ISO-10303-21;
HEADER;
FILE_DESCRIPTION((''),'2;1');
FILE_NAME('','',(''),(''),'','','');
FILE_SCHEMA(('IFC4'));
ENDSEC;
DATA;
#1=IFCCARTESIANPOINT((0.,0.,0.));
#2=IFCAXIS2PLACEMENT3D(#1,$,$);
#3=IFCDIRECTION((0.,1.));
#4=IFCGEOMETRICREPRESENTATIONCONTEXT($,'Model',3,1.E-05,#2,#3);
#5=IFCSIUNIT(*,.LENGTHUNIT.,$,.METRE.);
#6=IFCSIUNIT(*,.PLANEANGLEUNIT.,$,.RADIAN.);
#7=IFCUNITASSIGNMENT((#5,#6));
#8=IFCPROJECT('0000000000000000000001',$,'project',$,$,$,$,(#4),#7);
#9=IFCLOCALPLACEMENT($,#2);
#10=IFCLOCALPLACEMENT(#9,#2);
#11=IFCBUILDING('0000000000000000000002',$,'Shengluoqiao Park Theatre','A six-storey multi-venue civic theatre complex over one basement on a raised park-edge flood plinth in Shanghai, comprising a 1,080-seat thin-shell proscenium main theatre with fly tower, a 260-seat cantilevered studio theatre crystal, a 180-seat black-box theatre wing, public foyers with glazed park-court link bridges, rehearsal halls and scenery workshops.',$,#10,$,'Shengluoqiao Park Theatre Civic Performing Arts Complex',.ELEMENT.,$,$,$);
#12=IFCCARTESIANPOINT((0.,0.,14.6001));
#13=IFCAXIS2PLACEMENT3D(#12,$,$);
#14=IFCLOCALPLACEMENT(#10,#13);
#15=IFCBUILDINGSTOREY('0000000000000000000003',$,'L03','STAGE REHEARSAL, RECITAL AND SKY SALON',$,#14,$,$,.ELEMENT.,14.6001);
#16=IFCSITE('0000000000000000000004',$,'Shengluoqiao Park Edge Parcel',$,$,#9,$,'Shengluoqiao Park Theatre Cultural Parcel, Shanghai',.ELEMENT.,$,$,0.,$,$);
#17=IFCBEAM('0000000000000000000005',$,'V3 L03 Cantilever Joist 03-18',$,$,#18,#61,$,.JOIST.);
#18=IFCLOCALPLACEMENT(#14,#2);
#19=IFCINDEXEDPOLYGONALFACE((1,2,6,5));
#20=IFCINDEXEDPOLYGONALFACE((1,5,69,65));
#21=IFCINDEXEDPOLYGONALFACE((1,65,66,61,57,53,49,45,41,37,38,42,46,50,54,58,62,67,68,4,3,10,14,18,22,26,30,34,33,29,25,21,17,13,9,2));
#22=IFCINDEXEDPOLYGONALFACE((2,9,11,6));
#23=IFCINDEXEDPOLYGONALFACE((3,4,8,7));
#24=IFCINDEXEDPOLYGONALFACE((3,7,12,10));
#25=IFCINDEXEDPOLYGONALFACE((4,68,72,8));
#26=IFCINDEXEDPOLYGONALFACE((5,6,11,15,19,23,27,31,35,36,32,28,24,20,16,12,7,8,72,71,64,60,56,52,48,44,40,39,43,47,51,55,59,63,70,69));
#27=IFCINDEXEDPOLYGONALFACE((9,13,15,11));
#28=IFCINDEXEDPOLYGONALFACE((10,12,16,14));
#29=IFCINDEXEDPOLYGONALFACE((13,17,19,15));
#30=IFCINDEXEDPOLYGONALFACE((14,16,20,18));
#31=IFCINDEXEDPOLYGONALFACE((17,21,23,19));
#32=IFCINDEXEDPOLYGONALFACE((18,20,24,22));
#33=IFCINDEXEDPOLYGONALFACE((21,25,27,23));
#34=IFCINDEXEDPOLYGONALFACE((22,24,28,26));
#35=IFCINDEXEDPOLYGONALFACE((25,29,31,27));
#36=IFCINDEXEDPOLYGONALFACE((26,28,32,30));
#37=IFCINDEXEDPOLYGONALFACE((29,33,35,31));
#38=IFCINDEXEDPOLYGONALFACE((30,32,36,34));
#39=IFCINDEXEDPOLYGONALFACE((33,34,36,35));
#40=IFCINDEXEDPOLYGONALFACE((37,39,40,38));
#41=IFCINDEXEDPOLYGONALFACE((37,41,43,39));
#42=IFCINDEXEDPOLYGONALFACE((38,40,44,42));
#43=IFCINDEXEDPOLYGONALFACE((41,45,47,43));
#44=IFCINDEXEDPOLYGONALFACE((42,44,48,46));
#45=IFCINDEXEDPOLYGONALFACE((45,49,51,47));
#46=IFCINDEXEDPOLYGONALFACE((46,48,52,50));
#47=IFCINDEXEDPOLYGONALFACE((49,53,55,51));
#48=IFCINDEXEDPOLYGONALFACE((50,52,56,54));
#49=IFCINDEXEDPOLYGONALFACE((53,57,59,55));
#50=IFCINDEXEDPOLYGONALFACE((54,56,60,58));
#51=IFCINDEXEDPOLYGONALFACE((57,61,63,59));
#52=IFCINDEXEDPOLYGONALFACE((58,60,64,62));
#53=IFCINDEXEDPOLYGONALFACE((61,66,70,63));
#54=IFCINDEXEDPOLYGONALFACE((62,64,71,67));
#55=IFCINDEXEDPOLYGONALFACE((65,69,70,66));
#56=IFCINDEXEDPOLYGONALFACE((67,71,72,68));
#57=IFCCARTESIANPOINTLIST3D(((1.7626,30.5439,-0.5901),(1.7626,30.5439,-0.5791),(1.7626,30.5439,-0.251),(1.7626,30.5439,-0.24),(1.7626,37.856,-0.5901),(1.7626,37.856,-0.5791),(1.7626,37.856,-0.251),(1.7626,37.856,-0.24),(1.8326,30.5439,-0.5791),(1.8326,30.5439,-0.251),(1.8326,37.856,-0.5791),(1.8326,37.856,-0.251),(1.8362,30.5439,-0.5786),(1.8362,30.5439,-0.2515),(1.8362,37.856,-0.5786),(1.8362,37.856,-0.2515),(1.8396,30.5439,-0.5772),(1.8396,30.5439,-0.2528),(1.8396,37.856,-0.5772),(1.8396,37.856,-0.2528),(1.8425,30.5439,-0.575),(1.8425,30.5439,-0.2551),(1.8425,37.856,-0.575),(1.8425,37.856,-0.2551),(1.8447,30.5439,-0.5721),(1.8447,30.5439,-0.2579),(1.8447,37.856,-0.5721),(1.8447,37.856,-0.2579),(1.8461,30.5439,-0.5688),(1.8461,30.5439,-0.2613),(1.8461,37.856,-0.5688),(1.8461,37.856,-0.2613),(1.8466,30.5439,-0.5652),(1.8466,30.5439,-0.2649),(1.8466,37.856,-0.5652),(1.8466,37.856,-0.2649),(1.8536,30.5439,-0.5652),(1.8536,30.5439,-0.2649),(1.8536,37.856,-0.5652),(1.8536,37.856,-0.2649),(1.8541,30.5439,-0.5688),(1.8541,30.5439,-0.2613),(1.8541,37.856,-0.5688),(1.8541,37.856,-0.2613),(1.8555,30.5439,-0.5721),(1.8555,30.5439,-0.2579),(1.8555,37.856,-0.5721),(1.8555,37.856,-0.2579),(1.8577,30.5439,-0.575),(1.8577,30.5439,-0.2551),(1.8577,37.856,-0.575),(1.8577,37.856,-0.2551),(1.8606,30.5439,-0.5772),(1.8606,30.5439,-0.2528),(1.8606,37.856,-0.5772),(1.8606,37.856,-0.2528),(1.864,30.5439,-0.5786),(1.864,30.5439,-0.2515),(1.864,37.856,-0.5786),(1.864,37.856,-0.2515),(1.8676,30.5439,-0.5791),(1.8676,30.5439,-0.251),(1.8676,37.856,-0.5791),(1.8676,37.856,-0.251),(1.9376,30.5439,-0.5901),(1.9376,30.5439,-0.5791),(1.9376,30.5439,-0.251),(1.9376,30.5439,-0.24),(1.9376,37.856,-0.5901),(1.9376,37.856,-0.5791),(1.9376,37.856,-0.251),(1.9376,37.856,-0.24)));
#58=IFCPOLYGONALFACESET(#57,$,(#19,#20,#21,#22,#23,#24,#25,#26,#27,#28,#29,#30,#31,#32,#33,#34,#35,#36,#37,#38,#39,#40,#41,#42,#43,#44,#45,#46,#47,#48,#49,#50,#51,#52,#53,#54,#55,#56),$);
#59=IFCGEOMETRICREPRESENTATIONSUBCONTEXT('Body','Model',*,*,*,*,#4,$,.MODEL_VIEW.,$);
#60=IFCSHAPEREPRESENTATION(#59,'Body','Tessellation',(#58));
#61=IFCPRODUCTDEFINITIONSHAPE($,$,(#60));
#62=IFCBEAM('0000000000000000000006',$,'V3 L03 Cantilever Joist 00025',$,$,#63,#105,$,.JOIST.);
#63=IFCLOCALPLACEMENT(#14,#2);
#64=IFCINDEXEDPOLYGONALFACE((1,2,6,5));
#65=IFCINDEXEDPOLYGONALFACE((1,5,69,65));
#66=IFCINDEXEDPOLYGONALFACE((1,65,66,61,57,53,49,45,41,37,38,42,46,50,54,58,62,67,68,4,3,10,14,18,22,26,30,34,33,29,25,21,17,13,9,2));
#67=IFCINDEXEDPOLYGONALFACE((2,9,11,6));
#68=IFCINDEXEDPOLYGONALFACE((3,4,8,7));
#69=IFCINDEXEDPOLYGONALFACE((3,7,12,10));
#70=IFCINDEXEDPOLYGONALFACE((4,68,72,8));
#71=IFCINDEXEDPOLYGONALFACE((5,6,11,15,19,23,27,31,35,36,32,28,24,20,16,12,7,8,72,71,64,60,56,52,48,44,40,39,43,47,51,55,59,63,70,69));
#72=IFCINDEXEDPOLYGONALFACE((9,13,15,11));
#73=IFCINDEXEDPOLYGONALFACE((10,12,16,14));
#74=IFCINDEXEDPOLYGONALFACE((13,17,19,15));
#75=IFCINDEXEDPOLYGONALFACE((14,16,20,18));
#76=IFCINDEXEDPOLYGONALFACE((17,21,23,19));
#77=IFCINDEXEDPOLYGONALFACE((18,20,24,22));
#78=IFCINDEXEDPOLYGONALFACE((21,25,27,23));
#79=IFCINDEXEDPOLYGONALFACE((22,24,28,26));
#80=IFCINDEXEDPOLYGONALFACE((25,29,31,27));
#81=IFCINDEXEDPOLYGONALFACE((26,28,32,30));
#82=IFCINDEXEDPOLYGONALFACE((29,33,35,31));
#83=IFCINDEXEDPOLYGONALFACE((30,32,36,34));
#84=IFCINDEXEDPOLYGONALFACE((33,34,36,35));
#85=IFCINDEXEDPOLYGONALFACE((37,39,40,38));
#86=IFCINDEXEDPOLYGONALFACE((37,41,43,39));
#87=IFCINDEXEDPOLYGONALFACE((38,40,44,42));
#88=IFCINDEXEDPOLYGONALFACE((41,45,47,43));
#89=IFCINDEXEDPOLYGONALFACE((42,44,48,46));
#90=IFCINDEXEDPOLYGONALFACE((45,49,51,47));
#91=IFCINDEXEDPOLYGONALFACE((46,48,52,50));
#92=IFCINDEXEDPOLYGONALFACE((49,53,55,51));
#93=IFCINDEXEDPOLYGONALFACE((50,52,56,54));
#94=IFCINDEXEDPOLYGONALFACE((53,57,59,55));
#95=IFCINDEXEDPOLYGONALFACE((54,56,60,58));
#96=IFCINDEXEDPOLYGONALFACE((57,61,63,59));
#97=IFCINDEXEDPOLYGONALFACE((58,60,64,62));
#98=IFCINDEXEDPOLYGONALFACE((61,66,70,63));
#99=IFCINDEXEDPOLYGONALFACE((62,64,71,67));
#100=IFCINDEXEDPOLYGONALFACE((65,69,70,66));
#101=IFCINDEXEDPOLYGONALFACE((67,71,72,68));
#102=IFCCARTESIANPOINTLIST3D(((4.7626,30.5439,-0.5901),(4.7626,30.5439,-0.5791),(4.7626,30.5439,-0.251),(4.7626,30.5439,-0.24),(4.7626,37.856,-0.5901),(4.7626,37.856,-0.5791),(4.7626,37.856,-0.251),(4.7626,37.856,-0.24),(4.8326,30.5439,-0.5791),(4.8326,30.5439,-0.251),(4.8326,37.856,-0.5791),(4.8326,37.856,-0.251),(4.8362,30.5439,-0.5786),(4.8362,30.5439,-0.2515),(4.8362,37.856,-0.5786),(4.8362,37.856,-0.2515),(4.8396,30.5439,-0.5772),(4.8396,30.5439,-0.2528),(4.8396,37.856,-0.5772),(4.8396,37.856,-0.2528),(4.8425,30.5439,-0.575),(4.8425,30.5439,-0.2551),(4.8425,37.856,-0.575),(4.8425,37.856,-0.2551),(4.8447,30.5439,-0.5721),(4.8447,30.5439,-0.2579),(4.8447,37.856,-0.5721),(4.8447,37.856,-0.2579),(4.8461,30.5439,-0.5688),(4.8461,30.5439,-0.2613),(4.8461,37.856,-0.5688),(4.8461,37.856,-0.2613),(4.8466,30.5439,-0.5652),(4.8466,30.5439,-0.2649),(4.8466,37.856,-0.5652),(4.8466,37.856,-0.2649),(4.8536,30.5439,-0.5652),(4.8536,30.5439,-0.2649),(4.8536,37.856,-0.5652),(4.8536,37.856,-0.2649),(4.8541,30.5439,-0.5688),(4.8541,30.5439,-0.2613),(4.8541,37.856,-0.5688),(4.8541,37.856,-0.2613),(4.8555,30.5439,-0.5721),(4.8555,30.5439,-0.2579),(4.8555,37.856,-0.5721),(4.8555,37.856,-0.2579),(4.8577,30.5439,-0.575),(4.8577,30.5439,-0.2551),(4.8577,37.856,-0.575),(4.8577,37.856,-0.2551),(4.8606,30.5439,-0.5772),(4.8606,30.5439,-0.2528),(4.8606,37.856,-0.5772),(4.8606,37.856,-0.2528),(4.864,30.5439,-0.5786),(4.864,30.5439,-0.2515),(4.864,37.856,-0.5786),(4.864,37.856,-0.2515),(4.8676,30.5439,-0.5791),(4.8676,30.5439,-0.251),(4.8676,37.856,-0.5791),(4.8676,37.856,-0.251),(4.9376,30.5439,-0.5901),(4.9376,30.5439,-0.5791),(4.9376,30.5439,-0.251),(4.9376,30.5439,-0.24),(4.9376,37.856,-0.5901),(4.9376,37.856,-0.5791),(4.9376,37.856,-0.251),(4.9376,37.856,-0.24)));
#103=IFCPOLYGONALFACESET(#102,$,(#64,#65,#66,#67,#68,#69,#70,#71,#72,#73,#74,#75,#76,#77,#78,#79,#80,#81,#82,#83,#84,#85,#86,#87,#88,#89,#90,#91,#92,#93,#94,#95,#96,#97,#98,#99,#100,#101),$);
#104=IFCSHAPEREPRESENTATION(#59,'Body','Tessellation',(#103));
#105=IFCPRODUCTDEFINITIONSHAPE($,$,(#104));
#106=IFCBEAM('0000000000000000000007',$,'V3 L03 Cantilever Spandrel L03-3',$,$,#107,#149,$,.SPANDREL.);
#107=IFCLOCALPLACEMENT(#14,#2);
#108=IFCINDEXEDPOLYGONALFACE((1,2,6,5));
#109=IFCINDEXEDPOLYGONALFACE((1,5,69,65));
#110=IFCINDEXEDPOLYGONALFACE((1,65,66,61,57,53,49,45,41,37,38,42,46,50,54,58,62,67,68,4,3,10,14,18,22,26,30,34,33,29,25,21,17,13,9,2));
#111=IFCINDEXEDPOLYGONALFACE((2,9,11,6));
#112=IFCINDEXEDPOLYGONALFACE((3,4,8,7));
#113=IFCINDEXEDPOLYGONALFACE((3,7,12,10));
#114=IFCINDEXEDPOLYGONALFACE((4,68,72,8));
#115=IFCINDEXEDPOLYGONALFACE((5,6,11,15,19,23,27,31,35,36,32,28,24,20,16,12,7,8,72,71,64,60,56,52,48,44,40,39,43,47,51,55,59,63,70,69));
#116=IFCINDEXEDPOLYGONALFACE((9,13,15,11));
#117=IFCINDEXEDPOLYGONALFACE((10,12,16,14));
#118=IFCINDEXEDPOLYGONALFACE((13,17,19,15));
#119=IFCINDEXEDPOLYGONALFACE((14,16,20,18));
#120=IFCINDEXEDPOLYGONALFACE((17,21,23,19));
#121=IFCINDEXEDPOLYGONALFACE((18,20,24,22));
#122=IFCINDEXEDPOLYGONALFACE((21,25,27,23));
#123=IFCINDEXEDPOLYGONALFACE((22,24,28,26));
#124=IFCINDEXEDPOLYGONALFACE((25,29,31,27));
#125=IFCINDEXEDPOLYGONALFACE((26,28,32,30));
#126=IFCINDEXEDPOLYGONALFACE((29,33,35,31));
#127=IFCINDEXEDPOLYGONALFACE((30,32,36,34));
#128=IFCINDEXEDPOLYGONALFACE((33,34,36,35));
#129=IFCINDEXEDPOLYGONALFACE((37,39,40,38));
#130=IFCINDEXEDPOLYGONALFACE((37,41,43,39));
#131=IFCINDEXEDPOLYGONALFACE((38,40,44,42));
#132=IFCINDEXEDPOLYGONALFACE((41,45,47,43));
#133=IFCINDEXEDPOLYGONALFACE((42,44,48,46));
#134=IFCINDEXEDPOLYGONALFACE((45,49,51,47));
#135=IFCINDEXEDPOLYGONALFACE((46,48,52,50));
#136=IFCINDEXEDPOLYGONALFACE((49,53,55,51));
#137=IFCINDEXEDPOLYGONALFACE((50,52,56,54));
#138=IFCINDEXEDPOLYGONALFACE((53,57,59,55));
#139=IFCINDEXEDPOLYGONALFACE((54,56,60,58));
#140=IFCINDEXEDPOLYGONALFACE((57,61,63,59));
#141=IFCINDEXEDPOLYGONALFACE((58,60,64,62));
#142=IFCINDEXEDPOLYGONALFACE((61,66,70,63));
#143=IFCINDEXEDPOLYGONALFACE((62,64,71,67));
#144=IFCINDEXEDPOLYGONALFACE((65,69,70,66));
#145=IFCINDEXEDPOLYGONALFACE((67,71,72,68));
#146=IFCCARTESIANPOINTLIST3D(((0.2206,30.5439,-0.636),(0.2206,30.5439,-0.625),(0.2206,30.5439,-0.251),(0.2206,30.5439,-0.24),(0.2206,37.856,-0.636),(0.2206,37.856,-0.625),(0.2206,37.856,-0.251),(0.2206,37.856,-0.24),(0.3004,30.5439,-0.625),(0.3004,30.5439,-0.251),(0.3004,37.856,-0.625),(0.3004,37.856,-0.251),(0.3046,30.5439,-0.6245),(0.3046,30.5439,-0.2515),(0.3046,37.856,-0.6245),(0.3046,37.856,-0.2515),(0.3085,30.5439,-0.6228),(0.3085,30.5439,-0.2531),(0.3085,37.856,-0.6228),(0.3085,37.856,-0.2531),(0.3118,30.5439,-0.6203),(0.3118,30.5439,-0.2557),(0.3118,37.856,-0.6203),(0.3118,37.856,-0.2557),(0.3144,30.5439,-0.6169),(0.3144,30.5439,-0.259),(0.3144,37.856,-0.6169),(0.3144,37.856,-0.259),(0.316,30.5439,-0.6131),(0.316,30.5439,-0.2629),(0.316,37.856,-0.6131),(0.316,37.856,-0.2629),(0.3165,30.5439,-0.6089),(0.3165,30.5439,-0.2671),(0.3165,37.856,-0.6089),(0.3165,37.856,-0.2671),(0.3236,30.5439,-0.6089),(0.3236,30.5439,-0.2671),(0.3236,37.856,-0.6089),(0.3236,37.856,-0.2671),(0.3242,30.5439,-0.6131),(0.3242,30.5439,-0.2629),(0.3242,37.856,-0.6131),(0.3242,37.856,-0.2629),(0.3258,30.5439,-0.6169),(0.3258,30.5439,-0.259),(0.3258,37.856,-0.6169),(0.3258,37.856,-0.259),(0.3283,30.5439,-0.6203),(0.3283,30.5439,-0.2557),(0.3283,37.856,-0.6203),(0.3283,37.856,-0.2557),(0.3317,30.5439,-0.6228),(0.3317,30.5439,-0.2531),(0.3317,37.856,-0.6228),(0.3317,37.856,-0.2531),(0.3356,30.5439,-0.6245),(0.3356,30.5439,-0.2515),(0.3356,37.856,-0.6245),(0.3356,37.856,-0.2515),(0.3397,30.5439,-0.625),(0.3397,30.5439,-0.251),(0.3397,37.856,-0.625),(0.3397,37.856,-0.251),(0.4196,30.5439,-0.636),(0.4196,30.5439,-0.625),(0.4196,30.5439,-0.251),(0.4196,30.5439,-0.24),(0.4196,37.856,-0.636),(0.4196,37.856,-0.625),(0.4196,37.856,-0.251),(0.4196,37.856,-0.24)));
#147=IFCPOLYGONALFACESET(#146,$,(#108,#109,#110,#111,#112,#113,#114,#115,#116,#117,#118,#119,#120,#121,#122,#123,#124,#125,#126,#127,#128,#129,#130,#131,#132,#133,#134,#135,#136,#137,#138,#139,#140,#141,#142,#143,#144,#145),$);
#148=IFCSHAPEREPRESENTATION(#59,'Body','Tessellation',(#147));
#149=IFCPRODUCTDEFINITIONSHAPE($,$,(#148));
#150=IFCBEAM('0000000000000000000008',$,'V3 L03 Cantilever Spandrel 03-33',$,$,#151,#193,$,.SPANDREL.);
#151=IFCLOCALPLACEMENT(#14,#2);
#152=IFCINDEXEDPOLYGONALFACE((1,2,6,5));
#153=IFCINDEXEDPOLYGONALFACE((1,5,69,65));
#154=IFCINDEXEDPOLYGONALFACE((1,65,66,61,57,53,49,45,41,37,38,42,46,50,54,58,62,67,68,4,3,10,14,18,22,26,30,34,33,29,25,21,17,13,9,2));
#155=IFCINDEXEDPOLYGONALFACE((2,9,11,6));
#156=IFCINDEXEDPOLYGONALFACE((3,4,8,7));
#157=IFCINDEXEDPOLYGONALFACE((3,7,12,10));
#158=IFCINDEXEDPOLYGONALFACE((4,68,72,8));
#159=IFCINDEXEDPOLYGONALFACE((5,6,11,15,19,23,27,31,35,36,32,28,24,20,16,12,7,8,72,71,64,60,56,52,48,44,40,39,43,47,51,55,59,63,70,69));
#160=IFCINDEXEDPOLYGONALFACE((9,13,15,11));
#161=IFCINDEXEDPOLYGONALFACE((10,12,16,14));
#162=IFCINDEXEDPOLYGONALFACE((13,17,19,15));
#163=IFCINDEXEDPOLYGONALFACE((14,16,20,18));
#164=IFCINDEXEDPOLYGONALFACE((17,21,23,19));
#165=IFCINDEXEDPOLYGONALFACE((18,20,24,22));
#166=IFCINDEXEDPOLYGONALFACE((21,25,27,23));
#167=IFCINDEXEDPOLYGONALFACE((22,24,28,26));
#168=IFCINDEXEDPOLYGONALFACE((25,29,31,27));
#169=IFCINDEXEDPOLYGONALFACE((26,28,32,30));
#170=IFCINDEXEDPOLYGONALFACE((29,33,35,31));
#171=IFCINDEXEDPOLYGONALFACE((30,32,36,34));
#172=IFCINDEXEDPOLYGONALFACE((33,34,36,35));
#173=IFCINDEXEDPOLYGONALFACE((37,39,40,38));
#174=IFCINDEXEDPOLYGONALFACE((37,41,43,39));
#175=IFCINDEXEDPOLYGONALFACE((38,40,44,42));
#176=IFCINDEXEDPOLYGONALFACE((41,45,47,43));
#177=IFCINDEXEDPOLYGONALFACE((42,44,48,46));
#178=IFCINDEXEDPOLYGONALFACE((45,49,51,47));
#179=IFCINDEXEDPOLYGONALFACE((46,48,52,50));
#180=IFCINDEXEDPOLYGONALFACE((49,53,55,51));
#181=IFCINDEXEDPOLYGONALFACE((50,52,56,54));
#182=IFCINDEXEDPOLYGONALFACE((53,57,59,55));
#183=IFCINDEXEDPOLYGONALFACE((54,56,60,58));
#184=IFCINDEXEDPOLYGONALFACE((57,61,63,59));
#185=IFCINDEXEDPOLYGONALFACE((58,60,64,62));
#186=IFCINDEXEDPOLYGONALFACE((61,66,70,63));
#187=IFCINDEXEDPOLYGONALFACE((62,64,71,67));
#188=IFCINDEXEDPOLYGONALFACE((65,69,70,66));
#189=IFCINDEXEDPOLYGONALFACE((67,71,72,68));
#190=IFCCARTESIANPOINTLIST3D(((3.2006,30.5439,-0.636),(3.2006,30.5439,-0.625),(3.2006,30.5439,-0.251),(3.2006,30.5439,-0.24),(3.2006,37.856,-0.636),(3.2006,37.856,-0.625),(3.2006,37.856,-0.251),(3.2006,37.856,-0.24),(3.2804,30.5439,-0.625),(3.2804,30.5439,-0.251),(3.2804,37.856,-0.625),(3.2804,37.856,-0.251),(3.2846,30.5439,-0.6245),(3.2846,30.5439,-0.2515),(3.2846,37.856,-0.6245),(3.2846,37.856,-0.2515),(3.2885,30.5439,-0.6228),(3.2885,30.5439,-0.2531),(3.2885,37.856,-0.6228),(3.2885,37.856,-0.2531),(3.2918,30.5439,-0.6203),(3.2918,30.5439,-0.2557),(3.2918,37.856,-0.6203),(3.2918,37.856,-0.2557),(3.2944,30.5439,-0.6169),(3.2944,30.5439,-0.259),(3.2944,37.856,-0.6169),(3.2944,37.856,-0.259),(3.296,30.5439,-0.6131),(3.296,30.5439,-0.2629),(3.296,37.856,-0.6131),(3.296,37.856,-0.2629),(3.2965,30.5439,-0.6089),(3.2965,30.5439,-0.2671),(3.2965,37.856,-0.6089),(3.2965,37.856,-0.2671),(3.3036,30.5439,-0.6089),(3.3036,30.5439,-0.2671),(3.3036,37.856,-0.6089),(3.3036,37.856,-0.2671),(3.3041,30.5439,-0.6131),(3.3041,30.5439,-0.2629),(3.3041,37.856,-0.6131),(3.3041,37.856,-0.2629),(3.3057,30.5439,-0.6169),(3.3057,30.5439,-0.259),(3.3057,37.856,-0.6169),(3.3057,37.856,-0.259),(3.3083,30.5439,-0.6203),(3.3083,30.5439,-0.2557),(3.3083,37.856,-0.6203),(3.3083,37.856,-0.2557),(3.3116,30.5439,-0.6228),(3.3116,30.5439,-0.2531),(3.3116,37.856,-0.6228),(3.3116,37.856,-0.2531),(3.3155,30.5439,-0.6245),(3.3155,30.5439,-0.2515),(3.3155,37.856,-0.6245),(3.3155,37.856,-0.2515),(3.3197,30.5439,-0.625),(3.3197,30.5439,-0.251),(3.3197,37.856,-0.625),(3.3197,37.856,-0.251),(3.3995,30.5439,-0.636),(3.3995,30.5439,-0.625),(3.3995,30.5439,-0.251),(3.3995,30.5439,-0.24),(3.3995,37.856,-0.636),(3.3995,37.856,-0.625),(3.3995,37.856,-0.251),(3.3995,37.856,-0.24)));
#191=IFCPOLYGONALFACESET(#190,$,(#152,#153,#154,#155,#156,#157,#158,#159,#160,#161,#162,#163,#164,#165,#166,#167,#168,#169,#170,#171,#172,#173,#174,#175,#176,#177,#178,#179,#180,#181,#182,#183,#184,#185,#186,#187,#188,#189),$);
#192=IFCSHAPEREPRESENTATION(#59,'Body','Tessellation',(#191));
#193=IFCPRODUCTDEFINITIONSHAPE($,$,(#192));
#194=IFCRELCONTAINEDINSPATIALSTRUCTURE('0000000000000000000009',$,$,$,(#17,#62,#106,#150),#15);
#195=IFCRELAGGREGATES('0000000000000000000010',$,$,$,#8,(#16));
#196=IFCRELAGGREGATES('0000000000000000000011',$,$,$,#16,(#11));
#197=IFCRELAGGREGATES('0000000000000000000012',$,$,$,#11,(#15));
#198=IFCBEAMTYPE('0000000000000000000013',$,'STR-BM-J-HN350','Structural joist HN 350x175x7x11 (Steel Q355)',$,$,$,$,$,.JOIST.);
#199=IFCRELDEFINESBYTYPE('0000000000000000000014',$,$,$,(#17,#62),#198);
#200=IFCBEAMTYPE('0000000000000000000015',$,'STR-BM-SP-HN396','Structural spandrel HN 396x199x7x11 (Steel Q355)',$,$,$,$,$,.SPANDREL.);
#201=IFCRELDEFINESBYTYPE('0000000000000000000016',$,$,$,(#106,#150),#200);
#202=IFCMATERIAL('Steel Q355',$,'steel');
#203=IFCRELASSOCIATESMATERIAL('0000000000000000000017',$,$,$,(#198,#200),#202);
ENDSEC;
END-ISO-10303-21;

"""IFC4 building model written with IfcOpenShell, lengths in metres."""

from ifc_helpers import new_model, si_unit, direction, frame, origin, origin_2d, place, context, subcontext, project, spatial, i_section, extrude, material, material_profile, profile_set, type_object, element, save


model = new_model("IFC4")

# Units and contexts
model_context = context("Model", 3, precision=1e-05, world=origin(), true_north=direction((0.0, 1.0)))
body_context = subcontext(model_context, "Body", "Model", "MODEL_VIEW")
ifc_project = project(units=[si_unit("LENGTHUNIT", "METRE"), si_unit("PLANEANGLEUNIT", "RADIAN")], contexts=[model_context])

# Site, building, storey
site_placement = place(None, origin())
site = spatial("IfcSite", under=ifc_project, at=site_placement, Name="Shengluoqiao Park Edge Parcel", LongName="Shengluoqiao Park Theatre Cultural Parcel, Shanghai", CompositionType="ELEMENT", RefElevation=0.0)
building_placement = place(site_placement, origin())
building = spatial("IfcBuilding", under=site, at=building_placement, Name="Shengluoqiao Park Theatre", Description="A six-storey multi-venue civic theatre complex over one basement on a raised park-edge flood plinth in Shanghai, comprising a 1,080-seat thin-shell proscenium main theatre with fly tower, a 260-seat cantilevered studio theatre crystal, a 180-seat black-box theatre wing, public foyers with glazed park-court link bridges, rehearsal halls and scenery workshops.", LongName="Shengluoqiao Park Theatre Civic Performing Arts Complex", CompositionType="ELEMENT")
storey_placement = place(building_placement, frame((0.0, 0.0, 14.6001)))
storey = spatial("IfcBuildingStorey", under=building, at=storey_placement, Name="L03", Description="STAGE REHEARSAL, RECITAL AND SKY SALON", CompositionType="ELEMENT", Elevation=14.6001)

# Beams
ifc_material_1 = material(Name="Steel Q355", Category="steel")
ifc_material_profile_1 = material_profile(ifc_material_1, i_section(OverallWidth=0.175, OverallDepth=0.3501, WebThickness=0.0071, FlangeThickness=0.011, FilletRadius=0.0139, at=origin_2d()), Name="HN 350x175x7x11")
ifc_profile_set_1 = profile_set([ifc_material_profile_1], Name="Steel Q355")
beam_type_1 = type_object("IfcBeamType", Name="STR-BM-J-HN350", Description="Structural joist HN 350x175x7x11 (Steel Q355)", PredefinedType="JOIST", material=ifc_profile_set_1)
for number, where, z_axis, x_axis, name in (
    (1, (1.8501, 30.5439, -0.415), (0.0, 1.0, 0.0), (-1.0, 0.0, 0.0), "V3 L03 Cantilever Joist 03-18"),
    (2, (4.8501, 30.5439, -0.415), (0.0, 1.0, 0.0), (-1.0, 0.0, 0.0), "V3 L03 Cantilever Joist 00025"),
):
    element("IfcBeam", number, at=place(storey_placement, frame(where, z_axis=z_axis, x_axis=x_axis)), inside=storey, type_object=beam_type_1, Name=name, PredefinedType="JOIST", context=body_context, shape_type="SweptSolid", body=[
        extrude(i_section(OverallWidth=0.175, OverallDepth=0.3501, WebThickness=0.0071, FlangeThickness=0.011, FilletRadius=0.0139, at=origin_2d()), origin(), (0.0, 0.0, 1.0), 7.312),
    ])
ifc_material_profile_2 = material_profile(ifc_material_1, i_section(OverallWidth=0.199, OverallDepth=0.396, WebThickness=0.0071, FlangeThickness=0.011, FilletRadius=0.0161, at=origin_2d()), Name="HN 396x199x7x11")
ifc_profile_set_2 = profile_set([ifc_material_profile_2], Name="Steel Q355")
beam_type_2 = type_object("IfcBeamType", Name="STR-BM-SP-HN396", Description="Structural spandrel HN 396x199x7x11 (Steel Q355)", PredefinedType="SPANDREL", material=ifc_profile_set_2)
for number, where, z_axis, x_axis, name in (
    (3, (0.3201, 30.5439, -0.438), (0.0, 1.0, 0.0), (-1.0, 0.0, 0.0), "V3 L03 Cantilever Spandrel L03-3"),
    (4, (3.3, 30.5439, -0.438), (0.0, 1.0, 0.0), (-1.0, 0.0, 0.0), "V3 L03 Cantilever Spandrel 03-33"),
):
    element("IfcBeam", number, at=place(storey_placement, frame(where, z_axis=z_axis, x_axis=x_axis)), inside=storey, type_object=beam_type_2, Name=name, PredefinedType="SPANDREL", context=body_context, shape_type="SweptSolid", body=[
        extrude(i_section(OverallWidth=0.199, OverallDepth=0.396, WebThickness=0.0071, FlangeThickness=0.011, FilletRadius=0.0161, at=origin_2d()), origin(), (0.0, 0.0, 1.0), 7.312),
    ])

save(model, "model.ifc")
